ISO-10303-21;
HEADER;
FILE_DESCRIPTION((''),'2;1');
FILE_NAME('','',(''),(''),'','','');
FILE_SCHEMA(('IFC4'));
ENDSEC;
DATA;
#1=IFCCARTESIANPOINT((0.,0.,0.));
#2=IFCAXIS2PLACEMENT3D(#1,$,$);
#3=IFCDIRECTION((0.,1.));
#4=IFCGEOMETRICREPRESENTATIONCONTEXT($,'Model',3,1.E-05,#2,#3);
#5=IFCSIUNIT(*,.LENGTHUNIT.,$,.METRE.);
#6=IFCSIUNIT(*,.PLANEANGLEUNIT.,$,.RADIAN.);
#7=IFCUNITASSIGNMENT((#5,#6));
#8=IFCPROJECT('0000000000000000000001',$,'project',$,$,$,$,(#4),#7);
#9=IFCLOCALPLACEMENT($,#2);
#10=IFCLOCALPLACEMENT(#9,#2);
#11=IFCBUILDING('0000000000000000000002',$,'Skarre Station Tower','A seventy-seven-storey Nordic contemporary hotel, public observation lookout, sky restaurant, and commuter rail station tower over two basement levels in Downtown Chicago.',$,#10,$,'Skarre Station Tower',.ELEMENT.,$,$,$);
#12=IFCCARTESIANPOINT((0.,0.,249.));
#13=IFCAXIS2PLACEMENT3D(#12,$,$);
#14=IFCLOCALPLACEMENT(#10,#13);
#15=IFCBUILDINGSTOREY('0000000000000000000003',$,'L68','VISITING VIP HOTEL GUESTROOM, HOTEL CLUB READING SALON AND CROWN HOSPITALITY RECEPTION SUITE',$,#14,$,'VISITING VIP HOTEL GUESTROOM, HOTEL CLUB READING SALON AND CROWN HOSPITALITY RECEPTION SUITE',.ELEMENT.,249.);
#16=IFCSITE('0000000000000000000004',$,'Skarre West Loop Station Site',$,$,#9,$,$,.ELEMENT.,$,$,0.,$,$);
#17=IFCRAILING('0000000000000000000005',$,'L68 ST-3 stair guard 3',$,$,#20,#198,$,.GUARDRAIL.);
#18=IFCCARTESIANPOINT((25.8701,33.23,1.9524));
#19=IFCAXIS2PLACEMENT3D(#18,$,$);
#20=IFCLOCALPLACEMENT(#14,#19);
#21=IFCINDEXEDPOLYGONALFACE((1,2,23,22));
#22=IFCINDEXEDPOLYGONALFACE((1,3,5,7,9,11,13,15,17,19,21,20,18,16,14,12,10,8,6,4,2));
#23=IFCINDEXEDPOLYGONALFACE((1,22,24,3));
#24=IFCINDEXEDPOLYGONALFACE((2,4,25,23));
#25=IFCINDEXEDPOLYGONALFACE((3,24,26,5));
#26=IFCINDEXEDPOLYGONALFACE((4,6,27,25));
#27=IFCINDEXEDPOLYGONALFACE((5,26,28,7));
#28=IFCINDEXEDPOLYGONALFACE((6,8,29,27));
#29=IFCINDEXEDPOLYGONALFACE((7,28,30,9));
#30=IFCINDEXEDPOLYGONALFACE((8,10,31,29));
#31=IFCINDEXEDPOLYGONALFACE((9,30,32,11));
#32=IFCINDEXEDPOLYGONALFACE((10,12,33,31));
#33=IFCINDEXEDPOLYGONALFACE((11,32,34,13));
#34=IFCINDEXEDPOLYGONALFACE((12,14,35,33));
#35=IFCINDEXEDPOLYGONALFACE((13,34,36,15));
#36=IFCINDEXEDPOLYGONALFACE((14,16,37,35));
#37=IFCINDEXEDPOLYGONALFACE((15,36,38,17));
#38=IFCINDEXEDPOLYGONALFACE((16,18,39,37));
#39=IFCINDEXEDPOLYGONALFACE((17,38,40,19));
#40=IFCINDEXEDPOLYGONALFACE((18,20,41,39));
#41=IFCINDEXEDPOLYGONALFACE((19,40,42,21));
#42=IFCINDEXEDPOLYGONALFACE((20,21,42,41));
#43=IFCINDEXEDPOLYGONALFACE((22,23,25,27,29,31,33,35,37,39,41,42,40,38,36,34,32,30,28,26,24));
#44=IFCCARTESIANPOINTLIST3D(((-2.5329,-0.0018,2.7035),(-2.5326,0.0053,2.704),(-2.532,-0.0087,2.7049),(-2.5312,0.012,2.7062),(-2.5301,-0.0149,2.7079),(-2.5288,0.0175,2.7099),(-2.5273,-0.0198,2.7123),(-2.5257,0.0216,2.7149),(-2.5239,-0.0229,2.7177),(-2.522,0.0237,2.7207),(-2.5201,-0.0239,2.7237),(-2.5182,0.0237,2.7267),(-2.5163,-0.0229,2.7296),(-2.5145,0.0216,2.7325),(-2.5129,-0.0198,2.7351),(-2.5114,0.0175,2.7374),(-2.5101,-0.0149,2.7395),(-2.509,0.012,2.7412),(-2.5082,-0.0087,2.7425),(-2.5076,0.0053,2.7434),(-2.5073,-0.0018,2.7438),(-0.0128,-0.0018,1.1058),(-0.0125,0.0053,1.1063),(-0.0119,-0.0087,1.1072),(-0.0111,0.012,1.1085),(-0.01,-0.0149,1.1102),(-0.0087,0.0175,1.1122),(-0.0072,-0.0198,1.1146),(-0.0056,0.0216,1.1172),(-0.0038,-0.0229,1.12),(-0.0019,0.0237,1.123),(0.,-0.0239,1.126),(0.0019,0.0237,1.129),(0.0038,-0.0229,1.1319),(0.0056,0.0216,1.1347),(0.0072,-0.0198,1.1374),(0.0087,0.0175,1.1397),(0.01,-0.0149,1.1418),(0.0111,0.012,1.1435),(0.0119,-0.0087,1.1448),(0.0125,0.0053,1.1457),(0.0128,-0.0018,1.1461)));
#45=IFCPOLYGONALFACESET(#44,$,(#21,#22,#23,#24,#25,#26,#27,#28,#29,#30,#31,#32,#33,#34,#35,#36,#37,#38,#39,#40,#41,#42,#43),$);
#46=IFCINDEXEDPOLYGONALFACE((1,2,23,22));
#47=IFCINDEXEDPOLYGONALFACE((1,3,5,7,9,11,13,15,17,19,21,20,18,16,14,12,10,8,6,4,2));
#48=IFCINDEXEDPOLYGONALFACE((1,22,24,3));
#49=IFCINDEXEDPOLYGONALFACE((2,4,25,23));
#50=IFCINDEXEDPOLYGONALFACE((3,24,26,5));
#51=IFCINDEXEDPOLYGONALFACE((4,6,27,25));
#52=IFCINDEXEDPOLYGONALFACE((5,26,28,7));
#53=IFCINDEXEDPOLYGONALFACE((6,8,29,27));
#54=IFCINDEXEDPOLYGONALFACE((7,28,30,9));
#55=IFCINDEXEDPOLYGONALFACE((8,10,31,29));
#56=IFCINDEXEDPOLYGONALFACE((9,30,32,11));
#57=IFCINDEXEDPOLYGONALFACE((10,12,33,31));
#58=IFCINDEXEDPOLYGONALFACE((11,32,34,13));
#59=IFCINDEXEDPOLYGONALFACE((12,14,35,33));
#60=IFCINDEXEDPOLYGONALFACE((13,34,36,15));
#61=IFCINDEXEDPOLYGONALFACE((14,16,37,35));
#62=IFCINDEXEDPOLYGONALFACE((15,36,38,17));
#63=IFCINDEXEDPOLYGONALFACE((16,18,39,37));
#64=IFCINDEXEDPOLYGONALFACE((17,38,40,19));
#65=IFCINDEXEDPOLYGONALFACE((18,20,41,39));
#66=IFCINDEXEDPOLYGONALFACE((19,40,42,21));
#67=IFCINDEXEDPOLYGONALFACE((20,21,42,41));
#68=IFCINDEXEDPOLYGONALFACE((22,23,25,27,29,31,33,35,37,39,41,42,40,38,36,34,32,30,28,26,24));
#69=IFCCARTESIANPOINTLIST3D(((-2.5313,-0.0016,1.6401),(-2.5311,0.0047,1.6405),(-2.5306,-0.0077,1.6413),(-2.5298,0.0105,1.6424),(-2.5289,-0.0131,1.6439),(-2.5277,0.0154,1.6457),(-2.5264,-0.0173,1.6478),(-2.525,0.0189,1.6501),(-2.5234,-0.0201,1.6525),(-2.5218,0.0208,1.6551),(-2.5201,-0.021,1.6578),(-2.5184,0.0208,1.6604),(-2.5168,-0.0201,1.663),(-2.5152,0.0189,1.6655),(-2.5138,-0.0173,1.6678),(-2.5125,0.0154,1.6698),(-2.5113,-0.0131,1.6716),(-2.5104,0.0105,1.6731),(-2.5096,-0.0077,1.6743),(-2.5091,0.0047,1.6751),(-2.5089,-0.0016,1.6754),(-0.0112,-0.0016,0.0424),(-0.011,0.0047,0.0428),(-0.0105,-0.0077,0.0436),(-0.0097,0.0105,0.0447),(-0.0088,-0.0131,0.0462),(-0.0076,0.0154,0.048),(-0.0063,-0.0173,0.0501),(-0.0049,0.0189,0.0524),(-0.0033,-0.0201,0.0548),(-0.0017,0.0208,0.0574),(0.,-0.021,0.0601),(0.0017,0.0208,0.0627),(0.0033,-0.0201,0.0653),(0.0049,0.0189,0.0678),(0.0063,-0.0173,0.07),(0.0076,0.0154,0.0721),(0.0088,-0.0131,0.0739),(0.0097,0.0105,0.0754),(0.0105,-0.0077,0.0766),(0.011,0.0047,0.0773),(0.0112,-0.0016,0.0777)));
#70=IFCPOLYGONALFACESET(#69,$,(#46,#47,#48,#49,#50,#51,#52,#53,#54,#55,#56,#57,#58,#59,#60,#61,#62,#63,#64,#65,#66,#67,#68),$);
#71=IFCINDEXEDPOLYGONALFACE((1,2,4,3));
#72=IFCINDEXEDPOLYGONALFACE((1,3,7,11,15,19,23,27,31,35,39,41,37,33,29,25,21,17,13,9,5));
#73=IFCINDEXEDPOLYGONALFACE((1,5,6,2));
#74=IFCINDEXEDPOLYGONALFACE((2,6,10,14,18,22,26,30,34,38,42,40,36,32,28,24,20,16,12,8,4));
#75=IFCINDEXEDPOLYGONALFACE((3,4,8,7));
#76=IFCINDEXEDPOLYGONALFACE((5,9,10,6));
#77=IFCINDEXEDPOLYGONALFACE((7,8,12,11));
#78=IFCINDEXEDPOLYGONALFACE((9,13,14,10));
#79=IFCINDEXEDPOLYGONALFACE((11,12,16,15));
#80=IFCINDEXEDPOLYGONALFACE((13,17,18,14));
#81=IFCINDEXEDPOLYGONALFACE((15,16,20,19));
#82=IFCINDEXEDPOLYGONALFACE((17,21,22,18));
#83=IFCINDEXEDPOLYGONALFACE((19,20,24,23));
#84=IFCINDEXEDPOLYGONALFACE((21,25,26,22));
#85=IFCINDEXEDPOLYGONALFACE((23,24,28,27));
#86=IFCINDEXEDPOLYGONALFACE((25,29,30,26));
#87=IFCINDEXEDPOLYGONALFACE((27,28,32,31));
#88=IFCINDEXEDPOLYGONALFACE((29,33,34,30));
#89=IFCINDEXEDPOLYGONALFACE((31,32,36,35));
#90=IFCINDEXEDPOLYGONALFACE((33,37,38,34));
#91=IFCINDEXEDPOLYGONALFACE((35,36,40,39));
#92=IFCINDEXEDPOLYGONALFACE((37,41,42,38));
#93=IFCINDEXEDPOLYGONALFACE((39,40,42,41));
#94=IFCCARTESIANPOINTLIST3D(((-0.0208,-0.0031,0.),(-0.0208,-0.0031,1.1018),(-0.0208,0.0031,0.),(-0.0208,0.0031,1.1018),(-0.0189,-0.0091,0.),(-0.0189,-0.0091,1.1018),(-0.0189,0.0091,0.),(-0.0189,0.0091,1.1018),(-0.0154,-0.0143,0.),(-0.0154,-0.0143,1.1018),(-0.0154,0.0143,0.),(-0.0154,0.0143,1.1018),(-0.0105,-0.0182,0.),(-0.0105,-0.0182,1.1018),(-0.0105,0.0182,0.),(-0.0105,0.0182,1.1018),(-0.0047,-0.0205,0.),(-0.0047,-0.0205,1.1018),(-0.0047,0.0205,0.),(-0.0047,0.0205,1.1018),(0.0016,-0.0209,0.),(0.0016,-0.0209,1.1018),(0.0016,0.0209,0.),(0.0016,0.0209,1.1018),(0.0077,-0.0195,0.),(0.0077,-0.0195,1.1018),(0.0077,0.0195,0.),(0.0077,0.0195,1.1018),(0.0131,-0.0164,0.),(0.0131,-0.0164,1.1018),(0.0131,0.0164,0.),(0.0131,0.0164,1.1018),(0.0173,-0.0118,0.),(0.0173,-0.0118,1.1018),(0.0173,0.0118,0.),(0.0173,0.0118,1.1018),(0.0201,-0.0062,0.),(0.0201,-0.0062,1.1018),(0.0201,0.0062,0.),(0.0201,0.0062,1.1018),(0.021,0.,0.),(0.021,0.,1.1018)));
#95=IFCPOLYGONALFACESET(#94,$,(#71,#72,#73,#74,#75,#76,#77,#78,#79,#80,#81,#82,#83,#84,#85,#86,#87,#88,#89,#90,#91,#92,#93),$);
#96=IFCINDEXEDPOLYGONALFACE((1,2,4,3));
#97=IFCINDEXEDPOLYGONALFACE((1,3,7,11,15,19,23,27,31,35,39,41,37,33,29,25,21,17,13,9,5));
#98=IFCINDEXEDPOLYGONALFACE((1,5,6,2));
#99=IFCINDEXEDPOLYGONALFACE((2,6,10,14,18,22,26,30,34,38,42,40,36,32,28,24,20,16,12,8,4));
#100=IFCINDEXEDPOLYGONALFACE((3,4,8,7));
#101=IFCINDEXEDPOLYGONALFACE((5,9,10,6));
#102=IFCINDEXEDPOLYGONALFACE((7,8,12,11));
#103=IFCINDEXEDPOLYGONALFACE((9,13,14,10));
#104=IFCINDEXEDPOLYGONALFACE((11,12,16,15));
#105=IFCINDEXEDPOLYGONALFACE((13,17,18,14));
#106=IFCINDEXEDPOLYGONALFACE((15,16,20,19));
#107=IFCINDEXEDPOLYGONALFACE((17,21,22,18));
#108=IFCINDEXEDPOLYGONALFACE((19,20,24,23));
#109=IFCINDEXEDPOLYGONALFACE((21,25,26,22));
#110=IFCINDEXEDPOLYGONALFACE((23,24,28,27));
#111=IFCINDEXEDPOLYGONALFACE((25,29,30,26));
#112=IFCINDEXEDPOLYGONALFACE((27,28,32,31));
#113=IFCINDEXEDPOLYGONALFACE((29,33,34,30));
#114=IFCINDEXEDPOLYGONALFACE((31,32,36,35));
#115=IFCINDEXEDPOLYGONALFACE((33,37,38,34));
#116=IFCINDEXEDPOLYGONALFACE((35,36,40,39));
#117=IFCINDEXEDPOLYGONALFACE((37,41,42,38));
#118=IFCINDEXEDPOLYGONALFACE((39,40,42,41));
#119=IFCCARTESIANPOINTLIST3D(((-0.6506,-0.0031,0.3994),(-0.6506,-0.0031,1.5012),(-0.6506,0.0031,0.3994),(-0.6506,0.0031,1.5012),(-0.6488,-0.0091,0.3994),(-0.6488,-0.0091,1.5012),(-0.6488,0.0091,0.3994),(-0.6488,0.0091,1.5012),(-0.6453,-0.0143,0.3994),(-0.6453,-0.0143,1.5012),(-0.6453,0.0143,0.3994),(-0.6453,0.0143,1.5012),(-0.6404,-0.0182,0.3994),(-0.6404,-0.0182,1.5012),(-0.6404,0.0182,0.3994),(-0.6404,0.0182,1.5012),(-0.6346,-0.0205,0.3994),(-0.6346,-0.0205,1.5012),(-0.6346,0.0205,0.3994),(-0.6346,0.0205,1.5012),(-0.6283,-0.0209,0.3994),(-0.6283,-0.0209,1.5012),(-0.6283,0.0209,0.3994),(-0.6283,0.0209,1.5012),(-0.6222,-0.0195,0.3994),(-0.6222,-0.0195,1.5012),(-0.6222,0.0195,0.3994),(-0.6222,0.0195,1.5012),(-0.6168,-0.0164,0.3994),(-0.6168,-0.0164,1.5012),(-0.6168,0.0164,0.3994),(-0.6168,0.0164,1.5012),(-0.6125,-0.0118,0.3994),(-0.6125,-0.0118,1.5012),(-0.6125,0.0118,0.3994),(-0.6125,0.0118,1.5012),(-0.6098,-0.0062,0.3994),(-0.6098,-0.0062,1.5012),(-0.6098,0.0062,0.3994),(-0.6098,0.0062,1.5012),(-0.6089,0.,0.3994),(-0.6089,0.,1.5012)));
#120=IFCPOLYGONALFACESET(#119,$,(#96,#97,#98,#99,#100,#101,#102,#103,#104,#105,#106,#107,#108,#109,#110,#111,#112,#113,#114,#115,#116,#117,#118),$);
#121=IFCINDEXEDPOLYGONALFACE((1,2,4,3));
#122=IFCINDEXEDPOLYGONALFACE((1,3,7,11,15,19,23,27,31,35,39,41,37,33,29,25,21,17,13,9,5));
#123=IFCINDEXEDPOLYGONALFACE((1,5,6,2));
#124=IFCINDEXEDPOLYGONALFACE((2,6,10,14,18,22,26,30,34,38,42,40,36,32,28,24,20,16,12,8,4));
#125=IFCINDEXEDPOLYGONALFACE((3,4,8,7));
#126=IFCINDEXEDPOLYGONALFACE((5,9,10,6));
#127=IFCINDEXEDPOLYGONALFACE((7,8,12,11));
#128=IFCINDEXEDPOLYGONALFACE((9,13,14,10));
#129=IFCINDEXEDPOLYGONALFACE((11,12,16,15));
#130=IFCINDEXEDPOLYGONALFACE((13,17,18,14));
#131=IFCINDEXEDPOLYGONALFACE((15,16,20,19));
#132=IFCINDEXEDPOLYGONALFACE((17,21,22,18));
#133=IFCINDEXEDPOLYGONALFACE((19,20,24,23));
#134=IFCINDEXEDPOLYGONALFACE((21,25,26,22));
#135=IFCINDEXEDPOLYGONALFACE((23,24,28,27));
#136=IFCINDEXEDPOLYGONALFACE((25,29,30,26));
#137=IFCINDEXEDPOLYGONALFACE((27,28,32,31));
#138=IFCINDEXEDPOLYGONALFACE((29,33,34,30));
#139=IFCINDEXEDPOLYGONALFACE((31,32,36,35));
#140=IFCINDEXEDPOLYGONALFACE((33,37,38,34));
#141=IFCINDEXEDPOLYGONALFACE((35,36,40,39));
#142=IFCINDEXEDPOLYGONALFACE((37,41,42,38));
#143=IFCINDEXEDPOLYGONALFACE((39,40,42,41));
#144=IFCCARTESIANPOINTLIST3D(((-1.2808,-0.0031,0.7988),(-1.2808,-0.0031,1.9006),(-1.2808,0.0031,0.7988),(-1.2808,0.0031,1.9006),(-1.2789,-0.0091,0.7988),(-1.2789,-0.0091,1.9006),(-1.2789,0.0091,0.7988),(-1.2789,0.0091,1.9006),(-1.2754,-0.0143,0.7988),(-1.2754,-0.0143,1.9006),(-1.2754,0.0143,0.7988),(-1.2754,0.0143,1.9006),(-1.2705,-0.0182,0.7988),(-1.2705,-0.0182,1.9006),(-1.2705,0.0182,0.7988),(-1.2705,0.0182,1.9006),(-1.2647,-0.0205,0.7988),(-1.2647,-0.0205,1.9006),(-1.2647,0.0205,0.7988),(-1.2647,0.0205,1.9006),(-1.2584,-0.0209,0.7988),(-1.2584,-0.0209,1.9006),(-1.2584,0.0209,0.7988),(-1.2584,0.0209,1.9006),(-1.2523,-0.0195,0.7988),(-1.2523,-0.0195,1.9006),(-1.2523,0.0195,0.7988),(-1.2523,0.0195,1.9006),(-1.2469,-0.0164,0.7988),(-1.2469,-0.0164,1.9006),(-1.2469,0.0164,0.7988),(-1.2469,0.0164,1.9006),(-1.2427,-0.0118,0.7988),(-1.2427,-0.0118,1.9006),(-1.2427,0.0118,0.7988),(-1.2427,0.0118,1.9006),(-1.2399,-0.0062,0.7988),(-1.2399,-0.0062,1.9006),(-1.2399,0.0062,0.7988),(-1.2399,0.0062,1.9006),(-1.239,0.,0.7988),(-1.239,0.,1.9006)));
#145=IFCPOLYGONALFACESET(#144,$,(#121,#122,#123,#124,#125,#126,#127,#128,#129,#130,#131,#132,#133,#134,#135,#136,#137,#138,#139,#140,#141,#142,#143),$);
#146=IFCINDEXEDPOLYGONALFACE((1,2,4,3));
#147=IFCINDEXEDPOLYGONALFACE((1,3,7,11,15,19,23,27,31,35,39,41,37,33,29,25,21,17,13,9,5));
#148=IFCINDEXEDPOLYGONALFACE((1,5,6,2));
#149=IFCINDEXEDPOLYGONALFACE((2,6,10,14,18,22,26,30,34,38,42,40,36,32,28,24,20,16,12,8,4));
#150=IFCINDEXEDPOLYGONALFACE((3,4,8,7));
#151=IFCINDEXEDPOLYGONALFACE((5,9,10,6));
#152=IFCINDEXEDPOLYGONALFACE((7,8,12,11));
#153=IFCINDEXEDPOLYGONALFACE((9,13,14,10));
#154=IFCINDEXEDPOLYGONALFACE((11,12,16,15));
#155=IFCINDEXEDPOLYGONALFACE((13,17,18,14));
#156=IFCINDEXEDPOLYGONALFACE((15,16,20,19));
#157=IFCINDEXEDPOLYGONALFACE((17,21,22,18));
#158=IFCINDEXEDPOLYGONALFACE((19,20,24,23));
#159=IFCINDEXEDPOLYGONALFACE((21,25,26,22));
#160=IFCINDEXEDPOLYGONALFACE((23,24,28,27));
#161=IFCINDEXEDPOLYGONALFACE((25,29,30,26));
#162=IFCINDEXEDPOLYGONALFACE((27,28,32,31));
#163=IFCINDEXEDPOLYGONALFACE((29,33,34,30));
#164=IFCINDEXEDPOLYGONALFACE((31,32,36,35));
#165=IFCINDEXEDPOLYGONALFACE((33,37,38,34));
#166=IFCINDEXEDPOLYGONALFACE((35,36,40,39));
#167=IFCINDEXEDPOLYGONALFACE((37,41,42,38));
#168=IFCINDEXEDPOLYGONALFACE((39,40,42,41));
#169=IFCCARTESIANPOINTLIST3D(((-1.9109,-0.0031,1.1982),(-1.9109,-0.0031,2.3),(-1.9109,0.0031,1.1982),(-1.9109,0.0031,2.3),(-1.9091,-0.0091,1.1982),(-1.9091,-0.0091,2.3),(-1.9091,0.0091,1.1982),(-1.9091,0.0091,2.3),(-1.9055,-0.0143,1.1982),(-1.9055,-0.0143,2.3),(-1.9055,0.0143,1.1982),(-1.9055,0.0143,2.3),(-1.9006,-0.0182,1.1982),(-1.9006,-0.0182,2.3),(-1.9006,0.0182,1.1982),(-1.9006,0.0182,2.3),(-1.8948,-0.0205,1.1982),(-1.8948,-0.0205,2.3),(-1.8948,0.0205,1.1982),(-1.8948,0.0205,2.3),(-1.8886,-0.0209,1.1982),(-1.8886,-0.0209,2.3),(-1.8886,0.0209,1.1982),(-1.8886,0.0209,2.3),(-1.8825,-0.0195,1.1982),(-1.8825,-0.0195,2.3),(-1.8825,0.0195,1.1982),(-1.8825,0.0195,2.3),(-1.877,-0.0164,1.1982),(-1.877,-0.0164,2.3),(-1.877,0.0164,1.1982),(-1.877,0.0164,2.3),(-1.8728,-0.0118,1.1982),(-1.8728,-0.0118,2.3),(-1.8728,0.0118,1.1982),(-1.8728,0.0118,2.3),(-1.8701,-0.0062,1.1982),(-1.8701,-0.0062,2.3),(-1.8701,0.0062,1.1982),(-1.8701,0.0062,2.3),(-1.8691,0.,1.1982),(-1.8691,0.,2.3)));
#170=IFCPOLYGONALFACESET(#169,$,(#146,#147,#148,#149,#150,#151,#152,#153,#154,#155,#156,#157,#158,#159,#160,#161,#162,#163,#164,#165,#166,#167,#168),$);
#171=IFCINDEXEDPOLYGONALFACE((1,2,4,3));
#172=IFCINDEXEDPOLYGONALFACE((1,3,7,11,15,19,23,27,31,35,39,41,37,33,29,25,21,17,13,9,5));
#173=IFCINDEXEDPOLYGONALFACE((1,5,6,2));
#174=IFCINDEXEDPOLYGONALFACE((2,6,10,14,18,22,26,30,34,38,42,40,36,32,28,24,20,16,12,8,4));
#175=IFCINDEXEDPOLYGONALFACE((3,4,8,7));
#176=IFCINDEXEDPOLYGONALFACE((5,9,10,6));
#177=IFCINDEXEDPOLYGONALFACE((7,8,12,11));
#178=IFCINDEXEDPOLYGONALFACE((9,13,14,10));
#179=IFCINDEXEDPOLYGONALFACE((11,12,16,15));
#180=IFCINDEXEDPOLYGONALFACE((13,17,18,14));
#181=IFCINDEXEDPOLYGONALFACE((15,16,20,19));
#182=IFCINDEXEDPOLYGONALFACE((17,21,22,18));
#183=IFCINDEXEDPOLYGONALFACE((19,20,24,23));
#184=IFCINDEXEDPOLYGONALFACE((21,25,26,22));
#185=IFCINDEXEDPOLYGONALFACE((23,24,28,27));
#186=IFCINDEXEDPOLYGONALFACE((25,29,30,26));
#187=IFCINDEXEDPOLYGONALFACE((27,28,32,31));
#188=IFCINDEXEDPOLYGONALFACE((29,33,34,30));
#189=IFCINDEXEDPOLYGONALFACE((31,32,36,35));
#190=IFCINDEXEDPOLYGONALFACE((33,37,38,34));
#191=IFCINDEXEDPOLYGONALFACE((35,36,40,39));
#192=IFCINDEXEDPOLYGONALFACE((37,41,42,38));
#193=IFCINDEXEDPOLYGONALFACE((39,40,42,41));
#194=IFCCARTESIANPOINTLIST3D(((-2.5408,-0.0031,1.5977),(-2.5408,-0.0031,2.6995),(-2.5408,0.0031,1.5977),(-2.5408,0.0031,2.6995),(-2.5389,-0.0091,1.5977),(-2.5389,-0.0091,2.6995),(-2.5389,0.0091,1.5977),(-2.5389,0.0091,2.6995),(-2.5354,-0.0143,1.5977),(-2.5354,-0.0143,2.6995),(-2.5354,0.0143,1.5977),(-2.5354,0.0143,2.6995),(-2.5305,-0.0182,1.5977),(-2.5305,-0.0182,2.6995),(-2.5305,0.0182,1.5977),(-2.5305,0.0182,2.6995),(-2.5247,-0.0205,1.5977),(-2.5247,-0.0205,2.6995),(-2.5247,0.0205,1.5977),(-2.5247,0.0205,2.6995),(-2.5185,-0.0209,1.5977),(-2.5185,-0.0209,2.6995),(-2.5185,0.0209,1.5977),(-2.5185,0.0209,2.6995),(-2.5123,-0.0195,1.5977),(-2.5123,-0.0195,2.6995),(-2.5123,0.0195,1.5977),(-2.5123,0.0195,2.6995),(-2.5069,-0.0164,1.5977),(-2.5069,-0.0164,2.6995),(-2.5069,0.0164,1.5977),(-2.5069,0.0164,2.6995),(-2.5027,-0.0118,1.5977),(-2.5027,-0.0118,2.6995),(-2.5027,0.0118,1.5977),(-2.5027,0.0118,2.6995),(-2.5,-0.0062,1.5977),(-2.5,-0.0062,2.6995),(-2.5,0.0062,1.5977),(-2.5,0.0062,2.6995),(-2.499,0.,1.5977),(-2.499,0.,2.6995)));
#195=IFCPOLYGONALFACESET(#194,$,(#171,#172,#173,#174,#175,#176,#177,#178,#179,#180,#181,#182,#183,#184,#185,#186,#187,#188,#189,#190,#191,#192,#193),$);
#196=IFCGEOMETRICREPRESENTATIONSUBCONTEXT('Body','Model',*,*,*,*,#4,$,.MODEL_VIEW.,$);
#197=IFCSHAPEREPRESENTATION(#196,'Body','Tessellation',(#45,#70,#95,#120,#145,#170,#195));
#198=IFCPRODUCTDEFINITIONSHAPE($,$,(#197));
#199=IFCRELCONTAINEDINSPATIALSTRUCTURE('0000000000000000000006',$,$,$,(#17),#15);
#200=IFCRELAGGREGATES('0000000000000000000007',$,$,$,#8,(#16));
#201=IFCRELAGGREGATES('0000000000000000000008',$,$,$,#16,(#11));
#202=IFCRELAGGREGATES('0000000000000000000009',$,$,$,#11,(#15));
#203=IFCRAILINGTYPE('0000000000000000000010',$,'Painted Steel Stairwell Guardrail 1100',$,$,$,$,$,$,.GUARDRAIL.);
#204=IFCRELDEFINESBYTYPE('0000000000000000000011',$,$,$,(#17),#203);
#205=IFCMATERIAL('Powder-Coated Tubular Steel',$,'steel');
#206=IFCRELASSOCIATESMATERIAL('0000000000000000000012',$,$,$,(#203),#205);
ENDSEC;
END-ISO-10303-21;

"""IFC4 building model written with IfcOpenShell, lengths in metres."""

from ifc_helpers import new_model, si_unit, direction, frame, origin, origin_2d, place, context, subcontext, project, spatial, circle, extrude, material, type_object, element, save


model = new_model("IFC4")

# Units and contexts
model_context = context("Model", 3, precision=1e-05, world=origin(), true_north=direction((0.0, 1.0)))
body_context = subcontext(model_context, "Body", "Model", "MODEL_VIEW")
ifc_project = project(units=[si_unit("LENGTHUNIT", "METRE"), si_unit("PLANEANGLEUNIT", "RADIAN")], contexts=[model_context])

# Site, building, storey
site_placement = place(None, origin())
site = spatial("IfcSite", under=ifc_project, at=site_placement, Name="Skarre West Loop Station Site", CompositionType="ELEMENT", RefElevation=0.0)
building_placement = place(site_placement, origin())
building = spatial("IfcBuilding", under=site, at=building_placement, Name="Skarre Station Tower", Description="A seventy-seven-storey Nordic contemporary hotel, public observation lookout, sky restaurant, and commuter rail station tower over two basement levels in Downtown Chicago.", LongName="Skarre Station Tower", CompositionType="ELEMENT")
storey_placement = place(building_placement, frame((0.0, 0.0, 249.0)))
storey = spatial("IfcBuildingStorey", under=building, at=storey_placement, Name="L68", Description="VISITING VIP HOTEL GUESTROOM, HOTEL CLUB READING SALON AND CROWN HOSPITALITY RECEPTION SUITE", LongName="VISITING VIP HOTEL GUESTROOM, HOTEL CLUB READING SALON AND CROWN HOSPITALITY RECEPTION SUITE", CompositionType="ELEMENT", Elevation=249.0)

# Railing
ifc_material_1 = material(Name="Powder-Coated Tubular Steel", Category="steel")
railing_type_1 = type_object("IfcRailingType", Name="Painted Steel Stairwell Guardrail 1100", PredefinedType="GUARDRAIL", material=ifc_material_1)
railing_1_placement = place(storey_placement, frame((25.8701, 33.23, 1.9524)))
element("IfcRailing", 1, at=railing_1_placement, inside=storey, type_object=railing_type_1, Name="L68 ST-3 stair guard 3", PredefinedType="GUARDRAIL", context=body_context, shape_type="SweptSolid", body=[
    extrude(circle(Radius=0.0239, at=origin_2d()), frame((0.0, 0.0, 1.126), z_axis=(-0.84457, 0.0, 0.535445), x_axis=(0.0, -1.0, 0.0)), (0.0, 0.0, 1.0), 2.9839),
    extrude(circle(Radius=0.021, at=origin_2d()), frame((0.0, 0.0, 0.0601), z_axis=(-0.84457, 0.0, 0.535445), x_axis=(0.0, -1.0, 0.0)), (0.0, 0.0, 1.0), 2.9839),
    extrude(circle(Radius=0.021, at=origin_2d()), origin(), (0.0, 0.0, 1.0), 1.1018),
    extrude(circle(Radius=0.021, at=origin_2d()), frame((-0.6299, 0.0, 0.3994)), (0.0, 0.0, 1.0), 1.1018),
    extrude(circle(Radius=0.021, at=origin_2d()), frame((-1.26, 0.0, 0.7988)), (0.0, 0.0, 1.0), 1.1018),
    extrude(circle(Radius=0.021, at=origin_2d()), frame((-1.8901, 0.0, 1.1982)), (0.0, 0.0, 1.0), 1.1018),
    extrude(circle(Radius=0.021, at=origin_2d()), frame((-2.52, 0.0, 1.5977)), (0.0, 0.0, 1.0), 1.1018),
])

save(model, "model.ifc")
